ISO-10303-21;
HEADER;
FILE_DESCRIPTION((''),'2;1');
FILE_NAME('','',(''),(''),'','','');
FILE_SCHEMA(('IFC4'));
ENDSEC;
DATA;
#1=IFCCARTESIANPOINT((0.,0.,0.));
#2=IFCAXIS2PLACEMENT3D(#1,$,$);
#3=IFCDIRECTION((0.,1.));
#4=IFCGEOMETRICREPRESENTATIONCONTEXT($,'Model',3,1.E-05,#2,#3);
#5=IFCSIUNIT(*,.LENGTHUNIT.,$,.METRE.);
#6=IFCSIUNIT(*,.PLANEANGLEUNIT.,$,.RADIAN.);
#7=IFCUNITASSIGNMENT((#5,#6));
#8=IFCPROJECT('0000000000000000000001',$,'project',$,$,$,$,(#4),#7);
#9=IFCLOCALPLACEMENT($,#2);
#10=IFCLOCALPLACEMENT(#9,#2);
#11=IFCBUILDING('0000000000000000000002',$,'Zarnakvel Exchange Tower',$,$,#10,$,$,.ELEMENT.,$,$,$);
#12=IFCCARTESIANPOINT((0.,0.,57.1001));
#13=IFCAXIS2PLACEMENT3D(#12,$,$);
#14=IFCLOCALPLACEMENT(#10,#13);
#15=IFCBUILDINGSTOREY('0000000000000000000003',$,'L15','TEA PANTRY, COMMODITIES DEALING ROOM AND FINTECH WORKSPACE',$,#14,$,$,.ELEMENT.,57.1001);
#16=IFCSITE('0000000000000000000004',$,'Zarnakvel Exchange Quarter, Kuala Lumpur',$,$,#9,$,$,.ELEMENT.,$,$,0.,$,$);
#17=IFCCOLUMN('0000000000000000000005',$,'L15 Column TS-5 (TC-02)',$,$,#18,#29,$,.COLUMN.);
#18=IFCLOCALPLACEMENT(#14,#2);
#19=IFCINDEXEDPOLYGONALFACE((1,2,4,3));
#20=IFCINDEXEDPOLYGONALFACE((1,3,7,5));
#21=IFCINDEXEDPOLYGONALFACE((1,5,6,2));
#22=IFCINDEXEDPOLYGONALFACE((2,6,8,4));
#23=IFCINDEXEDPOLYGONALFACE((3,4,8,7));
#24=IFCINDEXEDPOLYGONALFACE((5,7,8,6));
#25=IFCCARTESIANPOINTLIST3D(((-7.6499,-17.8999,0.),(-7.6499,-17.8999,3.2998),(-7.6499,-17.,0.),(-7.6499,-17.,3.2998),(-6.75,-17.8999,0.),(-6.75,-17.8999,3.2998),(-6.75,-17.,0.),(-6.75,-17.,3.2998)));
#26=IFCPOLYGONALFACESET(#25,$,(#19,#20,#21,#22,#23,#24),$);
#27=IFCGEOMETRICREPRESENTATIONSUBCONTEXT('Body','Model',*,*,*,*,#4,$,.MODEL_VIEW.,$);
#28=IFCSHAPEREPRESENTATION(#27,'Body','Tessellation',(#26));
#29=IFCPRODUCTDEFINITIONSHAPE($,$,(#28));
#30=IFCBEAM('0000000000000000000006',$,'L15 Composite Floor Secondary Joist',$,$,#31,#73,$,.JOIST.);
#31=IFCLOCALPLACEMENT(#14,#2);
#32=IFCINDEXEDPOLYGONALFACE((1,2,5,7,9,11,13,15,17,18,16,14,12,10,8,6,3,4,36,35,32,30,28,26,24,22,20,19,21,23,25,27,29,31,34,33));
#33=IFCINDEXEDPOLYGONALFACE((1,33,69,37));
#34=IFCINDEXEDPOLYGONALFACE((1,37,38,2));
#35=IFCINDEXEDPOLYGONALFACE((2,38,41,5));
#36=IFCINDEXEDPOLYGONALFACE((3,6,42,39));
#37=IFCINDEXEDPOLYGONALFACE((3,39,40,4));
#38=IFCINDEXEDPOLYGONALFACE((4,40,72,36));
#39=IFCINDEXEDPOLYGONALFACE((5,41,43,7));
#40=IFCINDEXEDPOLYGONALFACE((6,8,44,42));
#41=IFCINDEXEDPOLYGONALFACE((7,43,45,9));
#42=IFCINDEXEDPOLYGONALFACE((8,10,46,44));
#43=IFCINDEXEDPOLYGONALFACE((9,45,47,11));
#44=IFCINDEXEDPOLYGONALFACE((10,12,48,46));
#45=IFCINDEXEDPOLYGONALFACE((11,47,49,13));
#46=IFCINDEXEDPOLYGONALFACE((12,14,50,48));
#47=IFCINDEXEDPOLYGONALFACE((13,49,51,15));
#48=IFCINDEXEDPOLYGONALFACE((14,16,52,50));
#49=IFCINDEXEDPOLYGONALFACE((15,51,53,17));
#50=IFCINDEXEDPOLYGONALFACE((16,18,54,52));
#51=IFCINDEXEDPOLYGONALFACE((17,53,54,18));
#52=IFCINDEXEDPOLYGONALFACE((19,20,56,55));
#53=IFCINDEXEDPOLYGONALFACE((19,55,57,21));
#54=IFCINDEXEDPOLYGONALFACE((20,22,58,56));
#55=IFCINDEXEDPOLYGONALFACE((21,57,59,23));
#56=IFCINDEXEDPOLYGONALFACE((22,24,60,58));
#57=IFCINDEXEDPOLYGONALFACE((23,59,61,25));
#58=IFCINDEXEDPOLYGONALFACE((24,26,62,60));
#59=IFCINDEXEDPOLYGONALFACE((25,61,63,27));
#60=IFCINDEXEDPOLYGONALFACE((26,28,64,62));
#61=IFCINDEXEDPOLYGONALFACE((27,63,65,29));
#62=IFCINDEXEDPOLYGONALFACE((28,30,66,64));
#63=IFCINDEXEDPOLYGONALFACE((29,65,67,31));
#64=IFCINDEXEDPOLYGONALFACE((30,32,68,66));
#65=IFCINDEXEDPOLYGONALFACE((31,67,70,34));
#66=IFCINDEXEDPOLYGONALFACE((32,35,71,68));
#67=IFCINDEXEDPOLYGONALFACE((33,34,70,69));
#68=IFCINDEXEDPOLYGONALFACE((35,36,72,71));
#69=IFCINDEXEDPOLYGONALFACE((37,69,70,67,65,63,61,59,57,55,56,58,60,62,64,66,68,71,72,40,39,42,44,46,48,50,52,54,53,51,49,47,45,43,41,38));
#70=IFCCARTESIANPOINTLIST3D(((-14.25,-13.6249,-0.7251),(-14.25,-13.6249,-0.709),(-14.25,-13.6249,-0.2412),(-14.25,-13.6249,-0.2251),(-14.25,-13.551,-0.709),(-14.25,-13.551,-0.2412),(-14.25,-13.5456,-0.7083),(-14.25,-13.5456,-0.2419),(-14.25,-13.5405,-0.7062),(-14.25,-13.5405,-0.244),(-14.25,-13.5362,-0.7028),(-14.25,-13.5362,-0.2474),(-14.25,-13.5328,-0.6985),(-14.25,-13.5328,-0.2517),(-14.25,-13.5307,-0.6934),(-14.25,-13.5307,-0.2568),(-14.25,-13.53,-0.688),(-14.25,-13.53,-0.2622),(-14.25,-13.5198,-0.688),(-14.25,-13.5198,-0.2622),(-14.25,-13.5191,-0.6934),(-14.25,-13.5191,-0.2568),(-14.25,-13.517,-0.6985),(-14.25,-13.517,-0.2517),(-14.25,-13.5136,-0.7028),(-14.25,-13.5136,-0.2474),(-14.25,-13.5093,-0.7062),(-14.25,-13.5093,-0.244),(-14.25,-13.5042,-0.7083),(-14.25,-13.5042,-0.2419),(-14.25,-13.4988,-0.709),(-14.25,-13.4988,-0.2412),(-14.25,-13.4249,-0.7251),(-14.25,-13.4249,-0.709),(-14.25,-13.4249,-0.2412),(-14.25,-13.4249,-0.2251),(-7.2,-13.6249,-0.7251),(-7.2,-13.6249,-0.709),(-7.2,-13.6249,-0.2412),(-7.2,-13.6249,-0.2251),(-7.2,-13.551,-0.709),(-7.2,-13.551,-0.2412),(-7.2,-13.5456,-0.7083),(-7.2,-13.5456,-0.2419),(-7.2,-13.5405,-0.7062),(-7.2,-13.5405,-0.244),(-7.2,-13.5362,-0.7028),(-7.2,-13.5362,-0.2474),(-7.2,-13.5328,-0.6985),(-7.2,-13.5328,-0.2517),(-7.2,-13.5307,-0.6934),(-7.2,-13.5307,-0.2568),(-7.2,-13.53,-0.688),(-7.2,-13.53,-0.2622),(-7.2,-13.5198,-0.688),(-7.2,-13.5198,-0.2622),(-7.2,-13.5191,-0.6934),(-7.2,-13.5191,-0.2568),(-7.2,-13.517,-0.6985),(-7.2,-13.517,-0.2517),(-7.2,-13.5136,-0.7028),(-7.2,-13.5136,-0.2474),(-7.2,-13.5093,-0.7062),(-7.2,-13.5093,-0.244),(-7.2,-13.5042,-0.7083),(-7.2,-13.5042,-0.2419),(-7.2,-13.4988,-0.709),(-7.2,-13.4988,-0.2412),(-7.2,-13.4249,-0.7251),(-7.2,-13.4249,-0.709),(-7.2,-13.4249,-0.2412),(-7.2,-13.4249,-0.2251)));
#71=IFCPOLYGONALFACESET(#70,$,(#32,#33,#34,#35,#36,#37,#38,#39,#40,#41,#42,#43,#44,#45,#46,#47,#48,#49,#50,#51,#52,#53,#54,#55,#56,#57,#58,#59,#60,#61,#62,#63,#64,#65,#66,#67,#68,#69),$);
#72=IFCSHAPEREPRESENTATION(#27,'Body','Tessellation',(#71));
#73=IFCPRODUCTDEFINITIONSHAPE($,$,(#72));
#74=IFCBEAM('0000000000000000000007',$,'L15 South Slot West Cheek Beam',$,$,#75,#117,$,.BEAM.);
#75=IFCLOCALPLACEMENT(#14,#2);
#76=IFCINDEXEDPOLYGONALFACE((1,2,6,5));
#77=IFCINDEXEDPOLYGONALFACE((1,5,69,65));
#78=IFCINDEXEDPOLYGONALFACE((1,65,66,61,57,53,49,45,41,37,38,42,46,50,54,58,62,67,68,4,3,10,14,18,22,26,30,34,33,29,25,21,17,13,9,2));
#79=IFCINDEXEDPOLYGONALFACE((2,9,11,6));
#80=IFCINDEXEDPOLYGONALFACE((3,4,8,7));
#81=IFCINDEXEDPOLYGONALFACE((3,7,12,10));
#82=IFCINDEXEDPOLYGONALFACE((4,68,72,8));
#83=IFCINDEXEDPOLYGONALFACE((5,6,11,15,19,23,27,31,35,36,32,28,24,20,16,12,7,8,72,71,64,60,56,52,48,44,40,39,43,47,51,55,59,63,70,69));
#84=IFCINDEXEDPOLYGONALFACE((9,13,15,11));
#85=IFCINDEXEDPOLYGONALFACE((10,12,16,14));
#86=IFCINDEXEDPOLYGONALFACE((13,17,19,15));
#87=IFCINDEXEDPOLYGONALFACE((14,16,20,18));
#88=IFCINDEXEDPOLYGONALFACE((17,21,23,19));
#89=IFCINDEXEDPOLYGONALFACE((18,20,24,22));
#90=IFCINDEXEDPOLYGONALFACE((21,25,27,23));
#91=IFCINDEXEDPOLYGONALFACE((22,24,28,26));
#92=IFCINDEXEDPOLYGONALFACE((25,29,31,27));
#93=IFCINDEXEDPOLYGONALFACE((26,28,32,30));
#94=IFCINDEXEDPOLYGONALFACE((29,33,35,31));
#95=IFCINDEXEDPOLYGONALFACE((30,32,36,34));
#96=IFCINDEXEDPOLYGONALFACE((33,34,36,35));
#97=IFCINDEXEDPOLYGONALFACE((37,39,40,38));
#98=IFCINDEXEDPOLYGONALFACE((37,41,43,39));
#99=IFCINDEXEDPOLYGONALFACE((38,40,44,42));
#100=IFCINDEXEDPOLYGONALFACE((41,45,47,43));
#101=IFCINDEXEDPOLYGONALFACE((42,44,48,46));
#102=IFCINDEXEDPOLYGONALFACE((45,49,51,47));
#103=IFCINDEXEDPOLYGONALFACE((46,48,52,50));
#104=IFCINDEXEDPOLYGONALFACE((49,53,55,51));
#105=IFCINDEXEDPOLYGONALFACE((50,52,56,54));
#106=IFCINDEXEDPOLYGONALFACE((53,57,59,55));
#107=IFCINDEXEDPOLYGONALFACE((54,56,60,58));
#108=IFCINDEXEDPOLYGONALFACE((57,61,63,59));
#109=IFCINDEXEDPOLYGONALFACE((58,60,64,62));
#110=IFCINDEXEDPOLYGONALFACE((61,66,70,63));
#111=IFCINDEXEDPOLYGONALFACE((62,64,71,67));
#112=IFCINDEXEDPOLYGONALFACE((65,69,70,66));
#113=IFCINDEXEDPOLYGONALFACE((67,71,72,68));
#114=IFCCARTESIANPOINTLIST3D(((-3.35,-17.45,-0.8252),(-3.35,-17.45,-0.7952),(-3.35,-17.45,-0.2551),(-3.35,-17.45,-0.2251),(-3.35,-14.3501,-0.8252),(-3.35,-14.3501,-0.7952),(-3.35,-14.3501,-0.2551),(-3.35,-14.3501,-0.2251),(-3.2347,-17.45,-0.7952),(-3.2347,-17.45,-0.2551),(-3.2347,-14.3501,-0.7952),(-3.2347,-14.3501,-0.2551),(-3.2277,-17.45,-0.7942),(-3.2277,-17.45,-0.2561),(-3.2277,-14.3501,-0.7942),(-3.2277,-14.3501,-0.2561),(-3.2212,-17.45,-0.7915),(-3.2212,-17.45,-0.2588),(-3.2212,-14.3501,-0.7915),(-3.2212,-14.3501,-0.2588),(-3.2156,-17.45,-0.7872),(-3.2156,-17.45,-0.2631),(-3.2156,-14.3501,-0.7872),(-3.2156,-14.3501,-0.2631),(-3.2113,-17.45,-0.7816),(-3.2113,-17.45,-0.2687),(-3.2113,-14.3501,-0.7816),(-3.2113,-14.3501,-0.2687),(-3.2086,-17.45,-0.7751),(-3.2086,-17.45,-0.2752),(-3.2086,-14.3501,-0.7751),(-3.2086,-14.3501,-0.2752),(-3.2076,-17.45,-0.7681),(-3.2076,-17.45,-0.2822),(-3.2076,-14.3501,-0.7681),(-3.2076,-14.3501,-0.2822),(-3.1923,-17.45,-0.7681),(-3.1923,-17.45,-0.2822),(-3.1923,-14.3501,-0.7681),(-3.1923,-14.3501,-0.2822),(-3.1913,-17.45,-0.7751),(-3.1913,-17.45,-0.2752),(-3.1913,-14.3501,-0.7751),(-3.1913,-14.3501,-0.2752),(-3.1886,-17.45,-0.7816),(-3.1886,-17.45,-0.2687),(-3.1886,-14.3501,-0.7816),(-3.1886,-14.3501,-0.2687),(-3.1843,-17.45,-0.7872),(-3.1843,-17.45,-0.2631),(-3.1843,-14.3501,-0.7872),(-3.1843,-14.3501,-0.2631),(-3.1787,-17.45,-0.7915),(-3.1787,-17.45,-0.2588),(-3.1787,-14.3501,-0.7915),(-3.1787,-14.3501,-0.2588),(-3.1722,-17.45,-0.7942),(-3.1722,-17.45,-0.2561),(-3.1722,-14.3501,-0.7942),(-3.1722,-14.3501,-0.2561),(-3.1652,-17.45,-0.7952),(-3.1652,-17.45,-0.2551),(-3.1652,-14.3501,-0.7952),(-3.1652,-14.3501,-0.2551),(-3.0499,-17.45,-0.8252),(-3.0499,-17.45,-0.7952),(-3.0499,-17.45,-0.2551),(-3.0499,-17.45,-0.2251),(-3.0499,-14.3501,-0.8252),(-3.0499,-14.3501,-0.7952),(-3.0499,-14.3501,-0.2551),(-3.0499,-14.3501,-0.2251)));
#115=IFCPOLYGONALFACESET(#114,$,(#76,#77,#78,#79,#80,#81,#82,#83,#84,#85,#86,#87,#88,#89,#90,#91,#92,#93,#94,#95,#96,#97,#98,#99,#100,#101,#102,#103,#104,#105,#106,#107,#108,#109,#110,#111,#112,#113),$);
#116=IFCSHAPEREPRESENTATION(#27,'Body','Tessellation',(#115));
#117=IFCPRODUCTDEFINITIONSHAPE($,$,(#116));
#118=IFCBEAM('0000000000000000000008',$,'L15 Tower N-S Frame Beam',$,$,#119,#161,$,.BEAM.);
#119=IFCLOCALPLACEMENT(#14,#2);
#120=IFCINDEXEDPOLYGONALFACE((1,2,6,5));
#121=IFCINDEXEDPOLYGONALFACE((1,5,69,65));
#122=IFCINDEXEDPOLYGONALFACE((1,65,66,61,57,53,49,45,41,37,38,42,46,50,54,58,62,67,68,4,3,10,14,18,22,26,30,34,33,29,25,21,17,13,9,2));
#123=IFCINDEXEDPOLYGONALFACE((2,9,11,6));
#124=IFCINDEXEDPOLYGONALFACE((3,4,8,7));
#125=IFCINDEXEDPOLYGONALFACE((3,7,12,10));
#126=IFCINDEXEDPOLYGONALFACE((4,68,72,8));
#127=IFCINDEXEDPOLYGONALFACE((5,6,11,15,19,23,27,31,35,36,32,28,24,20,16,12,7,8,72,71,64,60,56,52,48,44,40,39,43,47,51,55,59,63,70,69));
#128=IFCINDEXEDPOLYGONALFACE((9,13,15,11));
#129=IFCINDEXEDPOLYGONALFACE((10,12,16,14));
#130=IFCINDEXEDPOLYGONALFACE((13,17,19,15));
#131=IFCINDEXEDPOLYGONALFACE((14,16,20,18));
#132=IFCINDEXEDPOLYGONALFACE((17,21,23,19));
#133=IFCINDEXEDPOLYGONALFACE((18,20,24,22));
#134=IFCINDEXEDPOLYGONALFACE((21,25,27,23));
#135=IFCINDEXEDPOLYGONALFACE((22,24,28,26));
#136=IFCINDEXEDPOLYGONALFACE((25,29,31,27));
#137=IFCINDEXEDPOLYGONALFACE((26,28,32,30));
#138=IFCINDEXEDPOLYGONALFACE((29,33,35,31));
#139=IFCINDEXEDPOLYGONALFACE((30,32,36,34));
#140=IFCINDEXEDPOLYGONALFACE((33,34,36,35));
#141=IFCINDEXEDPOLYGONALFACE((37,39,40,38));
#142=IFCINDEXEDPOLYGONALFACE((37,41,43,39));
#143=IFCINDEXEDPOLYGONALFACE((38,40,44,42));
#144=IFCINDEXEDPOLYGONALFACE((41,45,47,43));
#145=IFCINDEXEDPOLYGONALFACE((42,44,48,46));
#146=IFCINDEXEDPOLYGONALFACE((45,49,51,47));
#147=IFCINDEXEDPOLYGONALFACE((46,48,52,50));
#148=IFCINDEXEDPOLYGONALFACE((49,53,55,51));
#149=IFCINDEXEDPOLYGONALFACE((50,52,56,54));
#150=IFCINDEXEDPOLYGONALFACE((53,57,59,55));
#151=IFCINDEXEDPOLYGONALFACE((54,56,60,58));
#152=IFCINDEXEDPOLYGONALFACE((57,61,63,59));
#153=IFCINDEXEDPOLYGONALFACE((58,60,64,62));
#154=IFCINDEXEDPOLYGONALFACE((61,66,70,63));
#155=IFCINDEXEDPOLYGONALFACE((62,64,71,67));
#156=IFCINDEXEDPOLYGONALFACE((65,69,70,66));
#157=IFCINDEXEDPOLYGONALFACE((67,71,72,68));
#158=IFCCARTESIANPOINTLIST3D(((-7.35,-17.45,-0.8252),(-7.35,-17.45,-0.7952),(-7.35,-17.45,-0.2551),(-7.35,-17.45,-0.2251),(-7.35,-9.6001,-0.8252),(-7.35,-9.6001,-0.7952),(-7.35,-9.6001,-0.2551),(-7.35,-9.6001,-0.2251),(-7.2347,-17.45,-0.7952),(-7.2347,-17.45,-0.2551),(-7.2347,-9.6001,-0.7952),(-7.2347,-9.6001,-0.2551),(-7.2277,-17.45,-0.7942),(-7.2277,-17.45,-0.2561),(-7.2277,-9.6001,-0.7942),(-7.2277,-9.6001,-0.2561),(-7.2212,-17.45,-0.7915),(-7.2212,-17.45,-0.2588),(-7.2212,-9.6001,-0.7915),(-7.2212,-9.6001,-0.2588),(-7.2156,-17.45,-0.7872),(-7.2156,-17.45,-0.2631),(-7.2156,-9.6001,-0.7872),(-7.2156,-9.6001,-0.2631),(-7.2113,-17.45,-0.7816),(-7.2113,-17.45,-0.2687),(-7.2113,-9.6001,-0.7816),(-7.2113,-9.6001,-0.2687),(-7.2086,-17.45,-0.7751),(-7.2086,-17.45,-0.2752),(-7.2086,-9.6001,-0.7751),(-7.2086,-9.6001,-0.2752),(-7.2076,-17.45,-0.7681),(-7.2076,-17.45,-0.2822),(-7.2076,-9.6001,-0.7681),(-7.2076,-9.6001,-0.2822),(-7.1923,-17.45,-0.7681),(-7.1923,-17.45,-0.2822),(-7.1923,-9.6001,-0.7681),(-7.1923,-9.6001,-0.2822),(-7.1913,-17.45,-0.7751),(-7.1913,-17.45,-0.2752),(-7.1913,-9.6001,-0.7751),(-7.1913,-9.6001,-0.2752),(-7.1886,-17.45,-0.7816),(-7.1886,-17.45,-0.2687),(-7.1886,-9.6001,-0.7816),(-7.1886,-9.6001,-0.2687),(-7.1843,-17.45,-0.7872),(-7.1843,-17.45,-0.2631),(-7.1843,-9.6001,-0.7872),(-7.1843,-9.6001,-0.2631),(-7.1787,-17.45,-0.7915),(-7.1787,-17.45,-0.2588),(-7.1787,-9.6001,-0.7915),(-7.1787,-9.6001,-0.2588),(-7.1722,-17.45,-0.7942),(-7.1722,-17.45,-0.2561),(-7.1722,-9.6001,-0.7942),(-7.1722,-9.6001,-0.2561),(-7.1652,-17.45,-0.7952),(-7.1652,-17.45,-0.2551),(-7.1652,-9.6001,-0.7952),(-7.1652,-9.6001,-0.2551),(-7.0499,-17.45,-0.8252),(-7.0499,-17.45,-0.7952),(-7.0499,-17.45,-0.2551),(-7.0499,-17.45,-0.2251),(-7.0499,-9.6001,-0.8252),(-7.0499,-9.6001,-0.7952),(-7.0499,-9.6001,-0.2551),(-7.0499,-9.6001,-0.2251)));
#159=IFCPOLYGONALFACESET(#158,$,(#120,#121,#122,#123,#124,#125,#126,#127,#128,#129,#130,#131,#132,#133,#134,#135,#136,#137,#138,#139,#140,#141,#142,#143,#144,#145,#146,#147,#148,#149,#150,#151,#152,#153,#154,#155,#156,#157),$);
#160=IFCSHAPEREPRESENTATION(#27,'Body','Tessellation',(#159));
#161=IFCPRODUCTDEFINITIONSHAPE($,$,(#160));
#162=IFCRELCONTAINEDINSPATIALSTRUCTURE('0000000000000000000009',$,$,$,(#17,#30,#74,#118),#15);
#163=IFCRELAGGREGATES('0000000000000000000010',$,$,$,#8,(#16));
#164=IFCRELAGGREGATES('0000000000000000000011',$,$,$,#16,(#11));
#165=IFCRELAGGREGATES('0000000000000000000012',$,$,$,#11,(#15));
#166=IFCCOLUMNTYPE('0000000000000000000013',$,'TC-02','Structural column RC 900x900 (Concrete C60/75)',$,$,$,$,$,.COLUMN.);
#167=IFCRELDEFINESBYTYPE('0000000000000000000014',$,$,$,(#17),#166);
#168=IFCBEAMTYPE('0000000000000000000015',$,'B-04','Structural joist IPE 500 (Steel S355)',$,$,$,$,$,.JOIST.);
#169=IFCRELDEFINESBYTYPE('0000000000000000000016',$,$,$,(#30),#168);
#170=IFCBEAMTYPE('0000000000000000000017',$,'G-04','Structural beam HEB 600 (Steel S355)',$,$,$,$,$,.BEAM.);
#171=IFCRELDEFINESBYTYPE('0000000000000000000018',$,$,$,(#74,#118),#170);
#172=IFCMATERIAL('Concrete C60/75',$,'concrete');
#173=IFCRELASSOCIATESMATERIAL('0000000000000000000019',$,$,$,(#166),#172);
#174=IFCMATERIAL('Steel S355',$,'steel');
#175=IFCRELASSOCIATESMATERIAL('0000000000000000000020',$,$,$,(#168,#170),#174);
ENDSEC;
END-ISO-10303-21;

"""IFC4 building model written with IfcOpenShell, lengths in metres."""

from ifc_helpers import new_model, si_unit, direction, frame, origin, origin_2d, place, context, subcontext, project, spatial, rectangle, i_section, extrude, material, material_profile, profile_set, type_object, element, save


model = new_model("IFC4")

# Units and contexts
model_context = context("Model", 3, precision=1e-05, world=origin(), true_north=direction((0.0, 1.0)))
body_context = subcontext(model_context, "Body", "Model", "MODEL_VIEW")
ifc_project = project(units=[si_unit("LENGTHUNIT", "METRE"), si_unit("PLANEANGLEUNIT", "RADIAN")], contexts=[model_context])

# Site, building, storey
site_placement = place(None, origin())
site = spatial("IfcSite", under=ifc_project, at=site_placement, Name="Zarnakvel Exchange Quarter, Kuala Lumpur", CompositionType="ELEMENT", RefElevation=0.0)
building_placement = place(site_placement, origin())
building = spatial("IfcBuilding", under=site, at=building_placement, Name="Zarnakvel Exchange Tower", CompositionType="ELEMENT")
storey_placement = place(building_placement, frame((0.0, 0.0, 57.1001)))
storey = spatial("IfcBuildingStorey", under=building, at=storey_placement, Name="L15", Description="TEA PANTRY, COMMODITIES DEALING ROOM AND FINTECH WORKSPACE", CompositionType="ELEMENT", Elevation=57.1001)

# Column
ifc_material_1 = material(Name="Concrete C60/75", Category="concrete")
ifc_material_profile_1 = material_profile(ifc_material_1, rectangle(XDim=0.8999, YDim=0.8999, at=origin_2d()))
ifc_profile_set_1 = profile_set([ifc_material_profile_1], Name="Concrete C60/75")
column_type = type_object("IfcColumnType", Name="TC-02", Description="Structural column RC 900x900 (Concrete C60/75)", PredefinedType="COLUMN", material=ifc_profile_set_1)
column_placement = place(storey_placement, frame((-7.2, -17.45, 0.0), z_axis=(0.0, 0.0, 1.0), x_axis=(1.0, 0.0, 0.0)))
element("IfcColumn", 1, at=column_placement, inside=storey, type_object=column_type, Name="L15 Column TS-5 (TC-02)", PredefinedType="COLUMN", context=body_context, shape_type="SweptSolid", body=[
    extrude(rectangle(XDim=0.8999, YDim=0.8999, at=origin_2d()), origin(), (0.0, 0.0, 1.0), 3.2998),
])

# Beams
ifc_material_2 = material(Name="Steel S355", Category="steel")
ifc_material_profile_2 = material_profile(ifc_material_2, i_section(OverallWidth=0.2, OverallDepth=0.5, WebThickness=0.0103, FlangeThickness=0.0161, FilletRadius=0.021, at=origin_2d()))
ifc_profile_set_2 = profile_set([ifc_material_profile_2], Name="Steel S355")
beam_type_1 = type_object("IfcBeamType", Name="B-04", Description="Structural joist IPE 500 (Steel S355)", PredefinedType="JOIST", material=ifc_profile_set_2)
beam_1_placement = place(storey_placement, frame((-14.25, -13.5249, -0.4751), z_axis=(1.0, 0.0, 0.0), x_axis=(0.0, 1.0, 0.0)))
element("IfcBeam", 2, at=beam_1_placement, inside=storey, type_object=beam_type_1, Name="L15 Composite Floor Secondary Joist", PredefinedType="JOIST", context=body_context, shape_type="SweptSolid", body=[
    extrude(i_section(OverallWidth=0.2, OverallDepth=0.5, WebThickness=0.0103, FlangeThickness=0.0161, FilletRadius=0.021, at=origin_2d()), origin(), (0.0, 0.0, 1.0), 7.05),
])
ifc_material_profile_3 = material_profile(ifc_material_2, i_section(OverallWidth=0.3, OverallDepth=0.6001, WebThickness=0.0154, FlangeThickness=0.03, FilletRadius=0.0271, at=origin_2d()))
ifc_profile_set_3 = profile_set([ifc_material_profile_3], Name="Steel S355")
beam_type_2 = type_object("IfcBeamType", Name="G-04", Description="Structural beam HEB 600 (Steel S355)", PredefinedType="BEAM", material=ifc_profile_set_3)
beam_2_placement = place(storey_placement, frame((-3.2, -17.45, -0.5251), z_axis=(0.0, 1.0, 0.0), x_axis=(-1.0, 0.0, 0.0)))
element("IfcBeam", 3, at=beam_2_placement, inside=storey, type_object=beam_type_2, Name="L15 South Slot West Cheek Beam", PredefinedType="BEAM", context=body_context, shape_type="SweptSolid", body=[
    extrude(i_section(OverallWidth=0.3, OverallDepth=0.6001, WebThickness=0.0154, FlangeThickness=0.03, FilletRadius=0.0271, at=origin_2d()), origin(), (0.0, 0.0, 1.0), 3.0999),
])
beam_3_placement = place(storey_placement, frame((-7.2, -17.45, -0.5251), z_axis=(0.0, 1.0, 0.0), x_axis=(-1.0, 0.0, 0.0)))
element("IfcBeam", 4, at=beam_3_placement, inside=storey, type_object=beam_type_2, Name="L15 Tower N-S Frame Beam", PredefinedType="BEAM", context=body_context, shape_type="SweptSolid", body=[
    extrude(i_section(OverallWidth=0.3, OverallDepth=0.6001, WebThickness=0.0154, FlangeThickness=0.03, FilletRadius=0.0271, at=origin_2d()), origin(), (0.0, 0.0, 1.0), 7.8499),
])

save(model, "model.ifc")
